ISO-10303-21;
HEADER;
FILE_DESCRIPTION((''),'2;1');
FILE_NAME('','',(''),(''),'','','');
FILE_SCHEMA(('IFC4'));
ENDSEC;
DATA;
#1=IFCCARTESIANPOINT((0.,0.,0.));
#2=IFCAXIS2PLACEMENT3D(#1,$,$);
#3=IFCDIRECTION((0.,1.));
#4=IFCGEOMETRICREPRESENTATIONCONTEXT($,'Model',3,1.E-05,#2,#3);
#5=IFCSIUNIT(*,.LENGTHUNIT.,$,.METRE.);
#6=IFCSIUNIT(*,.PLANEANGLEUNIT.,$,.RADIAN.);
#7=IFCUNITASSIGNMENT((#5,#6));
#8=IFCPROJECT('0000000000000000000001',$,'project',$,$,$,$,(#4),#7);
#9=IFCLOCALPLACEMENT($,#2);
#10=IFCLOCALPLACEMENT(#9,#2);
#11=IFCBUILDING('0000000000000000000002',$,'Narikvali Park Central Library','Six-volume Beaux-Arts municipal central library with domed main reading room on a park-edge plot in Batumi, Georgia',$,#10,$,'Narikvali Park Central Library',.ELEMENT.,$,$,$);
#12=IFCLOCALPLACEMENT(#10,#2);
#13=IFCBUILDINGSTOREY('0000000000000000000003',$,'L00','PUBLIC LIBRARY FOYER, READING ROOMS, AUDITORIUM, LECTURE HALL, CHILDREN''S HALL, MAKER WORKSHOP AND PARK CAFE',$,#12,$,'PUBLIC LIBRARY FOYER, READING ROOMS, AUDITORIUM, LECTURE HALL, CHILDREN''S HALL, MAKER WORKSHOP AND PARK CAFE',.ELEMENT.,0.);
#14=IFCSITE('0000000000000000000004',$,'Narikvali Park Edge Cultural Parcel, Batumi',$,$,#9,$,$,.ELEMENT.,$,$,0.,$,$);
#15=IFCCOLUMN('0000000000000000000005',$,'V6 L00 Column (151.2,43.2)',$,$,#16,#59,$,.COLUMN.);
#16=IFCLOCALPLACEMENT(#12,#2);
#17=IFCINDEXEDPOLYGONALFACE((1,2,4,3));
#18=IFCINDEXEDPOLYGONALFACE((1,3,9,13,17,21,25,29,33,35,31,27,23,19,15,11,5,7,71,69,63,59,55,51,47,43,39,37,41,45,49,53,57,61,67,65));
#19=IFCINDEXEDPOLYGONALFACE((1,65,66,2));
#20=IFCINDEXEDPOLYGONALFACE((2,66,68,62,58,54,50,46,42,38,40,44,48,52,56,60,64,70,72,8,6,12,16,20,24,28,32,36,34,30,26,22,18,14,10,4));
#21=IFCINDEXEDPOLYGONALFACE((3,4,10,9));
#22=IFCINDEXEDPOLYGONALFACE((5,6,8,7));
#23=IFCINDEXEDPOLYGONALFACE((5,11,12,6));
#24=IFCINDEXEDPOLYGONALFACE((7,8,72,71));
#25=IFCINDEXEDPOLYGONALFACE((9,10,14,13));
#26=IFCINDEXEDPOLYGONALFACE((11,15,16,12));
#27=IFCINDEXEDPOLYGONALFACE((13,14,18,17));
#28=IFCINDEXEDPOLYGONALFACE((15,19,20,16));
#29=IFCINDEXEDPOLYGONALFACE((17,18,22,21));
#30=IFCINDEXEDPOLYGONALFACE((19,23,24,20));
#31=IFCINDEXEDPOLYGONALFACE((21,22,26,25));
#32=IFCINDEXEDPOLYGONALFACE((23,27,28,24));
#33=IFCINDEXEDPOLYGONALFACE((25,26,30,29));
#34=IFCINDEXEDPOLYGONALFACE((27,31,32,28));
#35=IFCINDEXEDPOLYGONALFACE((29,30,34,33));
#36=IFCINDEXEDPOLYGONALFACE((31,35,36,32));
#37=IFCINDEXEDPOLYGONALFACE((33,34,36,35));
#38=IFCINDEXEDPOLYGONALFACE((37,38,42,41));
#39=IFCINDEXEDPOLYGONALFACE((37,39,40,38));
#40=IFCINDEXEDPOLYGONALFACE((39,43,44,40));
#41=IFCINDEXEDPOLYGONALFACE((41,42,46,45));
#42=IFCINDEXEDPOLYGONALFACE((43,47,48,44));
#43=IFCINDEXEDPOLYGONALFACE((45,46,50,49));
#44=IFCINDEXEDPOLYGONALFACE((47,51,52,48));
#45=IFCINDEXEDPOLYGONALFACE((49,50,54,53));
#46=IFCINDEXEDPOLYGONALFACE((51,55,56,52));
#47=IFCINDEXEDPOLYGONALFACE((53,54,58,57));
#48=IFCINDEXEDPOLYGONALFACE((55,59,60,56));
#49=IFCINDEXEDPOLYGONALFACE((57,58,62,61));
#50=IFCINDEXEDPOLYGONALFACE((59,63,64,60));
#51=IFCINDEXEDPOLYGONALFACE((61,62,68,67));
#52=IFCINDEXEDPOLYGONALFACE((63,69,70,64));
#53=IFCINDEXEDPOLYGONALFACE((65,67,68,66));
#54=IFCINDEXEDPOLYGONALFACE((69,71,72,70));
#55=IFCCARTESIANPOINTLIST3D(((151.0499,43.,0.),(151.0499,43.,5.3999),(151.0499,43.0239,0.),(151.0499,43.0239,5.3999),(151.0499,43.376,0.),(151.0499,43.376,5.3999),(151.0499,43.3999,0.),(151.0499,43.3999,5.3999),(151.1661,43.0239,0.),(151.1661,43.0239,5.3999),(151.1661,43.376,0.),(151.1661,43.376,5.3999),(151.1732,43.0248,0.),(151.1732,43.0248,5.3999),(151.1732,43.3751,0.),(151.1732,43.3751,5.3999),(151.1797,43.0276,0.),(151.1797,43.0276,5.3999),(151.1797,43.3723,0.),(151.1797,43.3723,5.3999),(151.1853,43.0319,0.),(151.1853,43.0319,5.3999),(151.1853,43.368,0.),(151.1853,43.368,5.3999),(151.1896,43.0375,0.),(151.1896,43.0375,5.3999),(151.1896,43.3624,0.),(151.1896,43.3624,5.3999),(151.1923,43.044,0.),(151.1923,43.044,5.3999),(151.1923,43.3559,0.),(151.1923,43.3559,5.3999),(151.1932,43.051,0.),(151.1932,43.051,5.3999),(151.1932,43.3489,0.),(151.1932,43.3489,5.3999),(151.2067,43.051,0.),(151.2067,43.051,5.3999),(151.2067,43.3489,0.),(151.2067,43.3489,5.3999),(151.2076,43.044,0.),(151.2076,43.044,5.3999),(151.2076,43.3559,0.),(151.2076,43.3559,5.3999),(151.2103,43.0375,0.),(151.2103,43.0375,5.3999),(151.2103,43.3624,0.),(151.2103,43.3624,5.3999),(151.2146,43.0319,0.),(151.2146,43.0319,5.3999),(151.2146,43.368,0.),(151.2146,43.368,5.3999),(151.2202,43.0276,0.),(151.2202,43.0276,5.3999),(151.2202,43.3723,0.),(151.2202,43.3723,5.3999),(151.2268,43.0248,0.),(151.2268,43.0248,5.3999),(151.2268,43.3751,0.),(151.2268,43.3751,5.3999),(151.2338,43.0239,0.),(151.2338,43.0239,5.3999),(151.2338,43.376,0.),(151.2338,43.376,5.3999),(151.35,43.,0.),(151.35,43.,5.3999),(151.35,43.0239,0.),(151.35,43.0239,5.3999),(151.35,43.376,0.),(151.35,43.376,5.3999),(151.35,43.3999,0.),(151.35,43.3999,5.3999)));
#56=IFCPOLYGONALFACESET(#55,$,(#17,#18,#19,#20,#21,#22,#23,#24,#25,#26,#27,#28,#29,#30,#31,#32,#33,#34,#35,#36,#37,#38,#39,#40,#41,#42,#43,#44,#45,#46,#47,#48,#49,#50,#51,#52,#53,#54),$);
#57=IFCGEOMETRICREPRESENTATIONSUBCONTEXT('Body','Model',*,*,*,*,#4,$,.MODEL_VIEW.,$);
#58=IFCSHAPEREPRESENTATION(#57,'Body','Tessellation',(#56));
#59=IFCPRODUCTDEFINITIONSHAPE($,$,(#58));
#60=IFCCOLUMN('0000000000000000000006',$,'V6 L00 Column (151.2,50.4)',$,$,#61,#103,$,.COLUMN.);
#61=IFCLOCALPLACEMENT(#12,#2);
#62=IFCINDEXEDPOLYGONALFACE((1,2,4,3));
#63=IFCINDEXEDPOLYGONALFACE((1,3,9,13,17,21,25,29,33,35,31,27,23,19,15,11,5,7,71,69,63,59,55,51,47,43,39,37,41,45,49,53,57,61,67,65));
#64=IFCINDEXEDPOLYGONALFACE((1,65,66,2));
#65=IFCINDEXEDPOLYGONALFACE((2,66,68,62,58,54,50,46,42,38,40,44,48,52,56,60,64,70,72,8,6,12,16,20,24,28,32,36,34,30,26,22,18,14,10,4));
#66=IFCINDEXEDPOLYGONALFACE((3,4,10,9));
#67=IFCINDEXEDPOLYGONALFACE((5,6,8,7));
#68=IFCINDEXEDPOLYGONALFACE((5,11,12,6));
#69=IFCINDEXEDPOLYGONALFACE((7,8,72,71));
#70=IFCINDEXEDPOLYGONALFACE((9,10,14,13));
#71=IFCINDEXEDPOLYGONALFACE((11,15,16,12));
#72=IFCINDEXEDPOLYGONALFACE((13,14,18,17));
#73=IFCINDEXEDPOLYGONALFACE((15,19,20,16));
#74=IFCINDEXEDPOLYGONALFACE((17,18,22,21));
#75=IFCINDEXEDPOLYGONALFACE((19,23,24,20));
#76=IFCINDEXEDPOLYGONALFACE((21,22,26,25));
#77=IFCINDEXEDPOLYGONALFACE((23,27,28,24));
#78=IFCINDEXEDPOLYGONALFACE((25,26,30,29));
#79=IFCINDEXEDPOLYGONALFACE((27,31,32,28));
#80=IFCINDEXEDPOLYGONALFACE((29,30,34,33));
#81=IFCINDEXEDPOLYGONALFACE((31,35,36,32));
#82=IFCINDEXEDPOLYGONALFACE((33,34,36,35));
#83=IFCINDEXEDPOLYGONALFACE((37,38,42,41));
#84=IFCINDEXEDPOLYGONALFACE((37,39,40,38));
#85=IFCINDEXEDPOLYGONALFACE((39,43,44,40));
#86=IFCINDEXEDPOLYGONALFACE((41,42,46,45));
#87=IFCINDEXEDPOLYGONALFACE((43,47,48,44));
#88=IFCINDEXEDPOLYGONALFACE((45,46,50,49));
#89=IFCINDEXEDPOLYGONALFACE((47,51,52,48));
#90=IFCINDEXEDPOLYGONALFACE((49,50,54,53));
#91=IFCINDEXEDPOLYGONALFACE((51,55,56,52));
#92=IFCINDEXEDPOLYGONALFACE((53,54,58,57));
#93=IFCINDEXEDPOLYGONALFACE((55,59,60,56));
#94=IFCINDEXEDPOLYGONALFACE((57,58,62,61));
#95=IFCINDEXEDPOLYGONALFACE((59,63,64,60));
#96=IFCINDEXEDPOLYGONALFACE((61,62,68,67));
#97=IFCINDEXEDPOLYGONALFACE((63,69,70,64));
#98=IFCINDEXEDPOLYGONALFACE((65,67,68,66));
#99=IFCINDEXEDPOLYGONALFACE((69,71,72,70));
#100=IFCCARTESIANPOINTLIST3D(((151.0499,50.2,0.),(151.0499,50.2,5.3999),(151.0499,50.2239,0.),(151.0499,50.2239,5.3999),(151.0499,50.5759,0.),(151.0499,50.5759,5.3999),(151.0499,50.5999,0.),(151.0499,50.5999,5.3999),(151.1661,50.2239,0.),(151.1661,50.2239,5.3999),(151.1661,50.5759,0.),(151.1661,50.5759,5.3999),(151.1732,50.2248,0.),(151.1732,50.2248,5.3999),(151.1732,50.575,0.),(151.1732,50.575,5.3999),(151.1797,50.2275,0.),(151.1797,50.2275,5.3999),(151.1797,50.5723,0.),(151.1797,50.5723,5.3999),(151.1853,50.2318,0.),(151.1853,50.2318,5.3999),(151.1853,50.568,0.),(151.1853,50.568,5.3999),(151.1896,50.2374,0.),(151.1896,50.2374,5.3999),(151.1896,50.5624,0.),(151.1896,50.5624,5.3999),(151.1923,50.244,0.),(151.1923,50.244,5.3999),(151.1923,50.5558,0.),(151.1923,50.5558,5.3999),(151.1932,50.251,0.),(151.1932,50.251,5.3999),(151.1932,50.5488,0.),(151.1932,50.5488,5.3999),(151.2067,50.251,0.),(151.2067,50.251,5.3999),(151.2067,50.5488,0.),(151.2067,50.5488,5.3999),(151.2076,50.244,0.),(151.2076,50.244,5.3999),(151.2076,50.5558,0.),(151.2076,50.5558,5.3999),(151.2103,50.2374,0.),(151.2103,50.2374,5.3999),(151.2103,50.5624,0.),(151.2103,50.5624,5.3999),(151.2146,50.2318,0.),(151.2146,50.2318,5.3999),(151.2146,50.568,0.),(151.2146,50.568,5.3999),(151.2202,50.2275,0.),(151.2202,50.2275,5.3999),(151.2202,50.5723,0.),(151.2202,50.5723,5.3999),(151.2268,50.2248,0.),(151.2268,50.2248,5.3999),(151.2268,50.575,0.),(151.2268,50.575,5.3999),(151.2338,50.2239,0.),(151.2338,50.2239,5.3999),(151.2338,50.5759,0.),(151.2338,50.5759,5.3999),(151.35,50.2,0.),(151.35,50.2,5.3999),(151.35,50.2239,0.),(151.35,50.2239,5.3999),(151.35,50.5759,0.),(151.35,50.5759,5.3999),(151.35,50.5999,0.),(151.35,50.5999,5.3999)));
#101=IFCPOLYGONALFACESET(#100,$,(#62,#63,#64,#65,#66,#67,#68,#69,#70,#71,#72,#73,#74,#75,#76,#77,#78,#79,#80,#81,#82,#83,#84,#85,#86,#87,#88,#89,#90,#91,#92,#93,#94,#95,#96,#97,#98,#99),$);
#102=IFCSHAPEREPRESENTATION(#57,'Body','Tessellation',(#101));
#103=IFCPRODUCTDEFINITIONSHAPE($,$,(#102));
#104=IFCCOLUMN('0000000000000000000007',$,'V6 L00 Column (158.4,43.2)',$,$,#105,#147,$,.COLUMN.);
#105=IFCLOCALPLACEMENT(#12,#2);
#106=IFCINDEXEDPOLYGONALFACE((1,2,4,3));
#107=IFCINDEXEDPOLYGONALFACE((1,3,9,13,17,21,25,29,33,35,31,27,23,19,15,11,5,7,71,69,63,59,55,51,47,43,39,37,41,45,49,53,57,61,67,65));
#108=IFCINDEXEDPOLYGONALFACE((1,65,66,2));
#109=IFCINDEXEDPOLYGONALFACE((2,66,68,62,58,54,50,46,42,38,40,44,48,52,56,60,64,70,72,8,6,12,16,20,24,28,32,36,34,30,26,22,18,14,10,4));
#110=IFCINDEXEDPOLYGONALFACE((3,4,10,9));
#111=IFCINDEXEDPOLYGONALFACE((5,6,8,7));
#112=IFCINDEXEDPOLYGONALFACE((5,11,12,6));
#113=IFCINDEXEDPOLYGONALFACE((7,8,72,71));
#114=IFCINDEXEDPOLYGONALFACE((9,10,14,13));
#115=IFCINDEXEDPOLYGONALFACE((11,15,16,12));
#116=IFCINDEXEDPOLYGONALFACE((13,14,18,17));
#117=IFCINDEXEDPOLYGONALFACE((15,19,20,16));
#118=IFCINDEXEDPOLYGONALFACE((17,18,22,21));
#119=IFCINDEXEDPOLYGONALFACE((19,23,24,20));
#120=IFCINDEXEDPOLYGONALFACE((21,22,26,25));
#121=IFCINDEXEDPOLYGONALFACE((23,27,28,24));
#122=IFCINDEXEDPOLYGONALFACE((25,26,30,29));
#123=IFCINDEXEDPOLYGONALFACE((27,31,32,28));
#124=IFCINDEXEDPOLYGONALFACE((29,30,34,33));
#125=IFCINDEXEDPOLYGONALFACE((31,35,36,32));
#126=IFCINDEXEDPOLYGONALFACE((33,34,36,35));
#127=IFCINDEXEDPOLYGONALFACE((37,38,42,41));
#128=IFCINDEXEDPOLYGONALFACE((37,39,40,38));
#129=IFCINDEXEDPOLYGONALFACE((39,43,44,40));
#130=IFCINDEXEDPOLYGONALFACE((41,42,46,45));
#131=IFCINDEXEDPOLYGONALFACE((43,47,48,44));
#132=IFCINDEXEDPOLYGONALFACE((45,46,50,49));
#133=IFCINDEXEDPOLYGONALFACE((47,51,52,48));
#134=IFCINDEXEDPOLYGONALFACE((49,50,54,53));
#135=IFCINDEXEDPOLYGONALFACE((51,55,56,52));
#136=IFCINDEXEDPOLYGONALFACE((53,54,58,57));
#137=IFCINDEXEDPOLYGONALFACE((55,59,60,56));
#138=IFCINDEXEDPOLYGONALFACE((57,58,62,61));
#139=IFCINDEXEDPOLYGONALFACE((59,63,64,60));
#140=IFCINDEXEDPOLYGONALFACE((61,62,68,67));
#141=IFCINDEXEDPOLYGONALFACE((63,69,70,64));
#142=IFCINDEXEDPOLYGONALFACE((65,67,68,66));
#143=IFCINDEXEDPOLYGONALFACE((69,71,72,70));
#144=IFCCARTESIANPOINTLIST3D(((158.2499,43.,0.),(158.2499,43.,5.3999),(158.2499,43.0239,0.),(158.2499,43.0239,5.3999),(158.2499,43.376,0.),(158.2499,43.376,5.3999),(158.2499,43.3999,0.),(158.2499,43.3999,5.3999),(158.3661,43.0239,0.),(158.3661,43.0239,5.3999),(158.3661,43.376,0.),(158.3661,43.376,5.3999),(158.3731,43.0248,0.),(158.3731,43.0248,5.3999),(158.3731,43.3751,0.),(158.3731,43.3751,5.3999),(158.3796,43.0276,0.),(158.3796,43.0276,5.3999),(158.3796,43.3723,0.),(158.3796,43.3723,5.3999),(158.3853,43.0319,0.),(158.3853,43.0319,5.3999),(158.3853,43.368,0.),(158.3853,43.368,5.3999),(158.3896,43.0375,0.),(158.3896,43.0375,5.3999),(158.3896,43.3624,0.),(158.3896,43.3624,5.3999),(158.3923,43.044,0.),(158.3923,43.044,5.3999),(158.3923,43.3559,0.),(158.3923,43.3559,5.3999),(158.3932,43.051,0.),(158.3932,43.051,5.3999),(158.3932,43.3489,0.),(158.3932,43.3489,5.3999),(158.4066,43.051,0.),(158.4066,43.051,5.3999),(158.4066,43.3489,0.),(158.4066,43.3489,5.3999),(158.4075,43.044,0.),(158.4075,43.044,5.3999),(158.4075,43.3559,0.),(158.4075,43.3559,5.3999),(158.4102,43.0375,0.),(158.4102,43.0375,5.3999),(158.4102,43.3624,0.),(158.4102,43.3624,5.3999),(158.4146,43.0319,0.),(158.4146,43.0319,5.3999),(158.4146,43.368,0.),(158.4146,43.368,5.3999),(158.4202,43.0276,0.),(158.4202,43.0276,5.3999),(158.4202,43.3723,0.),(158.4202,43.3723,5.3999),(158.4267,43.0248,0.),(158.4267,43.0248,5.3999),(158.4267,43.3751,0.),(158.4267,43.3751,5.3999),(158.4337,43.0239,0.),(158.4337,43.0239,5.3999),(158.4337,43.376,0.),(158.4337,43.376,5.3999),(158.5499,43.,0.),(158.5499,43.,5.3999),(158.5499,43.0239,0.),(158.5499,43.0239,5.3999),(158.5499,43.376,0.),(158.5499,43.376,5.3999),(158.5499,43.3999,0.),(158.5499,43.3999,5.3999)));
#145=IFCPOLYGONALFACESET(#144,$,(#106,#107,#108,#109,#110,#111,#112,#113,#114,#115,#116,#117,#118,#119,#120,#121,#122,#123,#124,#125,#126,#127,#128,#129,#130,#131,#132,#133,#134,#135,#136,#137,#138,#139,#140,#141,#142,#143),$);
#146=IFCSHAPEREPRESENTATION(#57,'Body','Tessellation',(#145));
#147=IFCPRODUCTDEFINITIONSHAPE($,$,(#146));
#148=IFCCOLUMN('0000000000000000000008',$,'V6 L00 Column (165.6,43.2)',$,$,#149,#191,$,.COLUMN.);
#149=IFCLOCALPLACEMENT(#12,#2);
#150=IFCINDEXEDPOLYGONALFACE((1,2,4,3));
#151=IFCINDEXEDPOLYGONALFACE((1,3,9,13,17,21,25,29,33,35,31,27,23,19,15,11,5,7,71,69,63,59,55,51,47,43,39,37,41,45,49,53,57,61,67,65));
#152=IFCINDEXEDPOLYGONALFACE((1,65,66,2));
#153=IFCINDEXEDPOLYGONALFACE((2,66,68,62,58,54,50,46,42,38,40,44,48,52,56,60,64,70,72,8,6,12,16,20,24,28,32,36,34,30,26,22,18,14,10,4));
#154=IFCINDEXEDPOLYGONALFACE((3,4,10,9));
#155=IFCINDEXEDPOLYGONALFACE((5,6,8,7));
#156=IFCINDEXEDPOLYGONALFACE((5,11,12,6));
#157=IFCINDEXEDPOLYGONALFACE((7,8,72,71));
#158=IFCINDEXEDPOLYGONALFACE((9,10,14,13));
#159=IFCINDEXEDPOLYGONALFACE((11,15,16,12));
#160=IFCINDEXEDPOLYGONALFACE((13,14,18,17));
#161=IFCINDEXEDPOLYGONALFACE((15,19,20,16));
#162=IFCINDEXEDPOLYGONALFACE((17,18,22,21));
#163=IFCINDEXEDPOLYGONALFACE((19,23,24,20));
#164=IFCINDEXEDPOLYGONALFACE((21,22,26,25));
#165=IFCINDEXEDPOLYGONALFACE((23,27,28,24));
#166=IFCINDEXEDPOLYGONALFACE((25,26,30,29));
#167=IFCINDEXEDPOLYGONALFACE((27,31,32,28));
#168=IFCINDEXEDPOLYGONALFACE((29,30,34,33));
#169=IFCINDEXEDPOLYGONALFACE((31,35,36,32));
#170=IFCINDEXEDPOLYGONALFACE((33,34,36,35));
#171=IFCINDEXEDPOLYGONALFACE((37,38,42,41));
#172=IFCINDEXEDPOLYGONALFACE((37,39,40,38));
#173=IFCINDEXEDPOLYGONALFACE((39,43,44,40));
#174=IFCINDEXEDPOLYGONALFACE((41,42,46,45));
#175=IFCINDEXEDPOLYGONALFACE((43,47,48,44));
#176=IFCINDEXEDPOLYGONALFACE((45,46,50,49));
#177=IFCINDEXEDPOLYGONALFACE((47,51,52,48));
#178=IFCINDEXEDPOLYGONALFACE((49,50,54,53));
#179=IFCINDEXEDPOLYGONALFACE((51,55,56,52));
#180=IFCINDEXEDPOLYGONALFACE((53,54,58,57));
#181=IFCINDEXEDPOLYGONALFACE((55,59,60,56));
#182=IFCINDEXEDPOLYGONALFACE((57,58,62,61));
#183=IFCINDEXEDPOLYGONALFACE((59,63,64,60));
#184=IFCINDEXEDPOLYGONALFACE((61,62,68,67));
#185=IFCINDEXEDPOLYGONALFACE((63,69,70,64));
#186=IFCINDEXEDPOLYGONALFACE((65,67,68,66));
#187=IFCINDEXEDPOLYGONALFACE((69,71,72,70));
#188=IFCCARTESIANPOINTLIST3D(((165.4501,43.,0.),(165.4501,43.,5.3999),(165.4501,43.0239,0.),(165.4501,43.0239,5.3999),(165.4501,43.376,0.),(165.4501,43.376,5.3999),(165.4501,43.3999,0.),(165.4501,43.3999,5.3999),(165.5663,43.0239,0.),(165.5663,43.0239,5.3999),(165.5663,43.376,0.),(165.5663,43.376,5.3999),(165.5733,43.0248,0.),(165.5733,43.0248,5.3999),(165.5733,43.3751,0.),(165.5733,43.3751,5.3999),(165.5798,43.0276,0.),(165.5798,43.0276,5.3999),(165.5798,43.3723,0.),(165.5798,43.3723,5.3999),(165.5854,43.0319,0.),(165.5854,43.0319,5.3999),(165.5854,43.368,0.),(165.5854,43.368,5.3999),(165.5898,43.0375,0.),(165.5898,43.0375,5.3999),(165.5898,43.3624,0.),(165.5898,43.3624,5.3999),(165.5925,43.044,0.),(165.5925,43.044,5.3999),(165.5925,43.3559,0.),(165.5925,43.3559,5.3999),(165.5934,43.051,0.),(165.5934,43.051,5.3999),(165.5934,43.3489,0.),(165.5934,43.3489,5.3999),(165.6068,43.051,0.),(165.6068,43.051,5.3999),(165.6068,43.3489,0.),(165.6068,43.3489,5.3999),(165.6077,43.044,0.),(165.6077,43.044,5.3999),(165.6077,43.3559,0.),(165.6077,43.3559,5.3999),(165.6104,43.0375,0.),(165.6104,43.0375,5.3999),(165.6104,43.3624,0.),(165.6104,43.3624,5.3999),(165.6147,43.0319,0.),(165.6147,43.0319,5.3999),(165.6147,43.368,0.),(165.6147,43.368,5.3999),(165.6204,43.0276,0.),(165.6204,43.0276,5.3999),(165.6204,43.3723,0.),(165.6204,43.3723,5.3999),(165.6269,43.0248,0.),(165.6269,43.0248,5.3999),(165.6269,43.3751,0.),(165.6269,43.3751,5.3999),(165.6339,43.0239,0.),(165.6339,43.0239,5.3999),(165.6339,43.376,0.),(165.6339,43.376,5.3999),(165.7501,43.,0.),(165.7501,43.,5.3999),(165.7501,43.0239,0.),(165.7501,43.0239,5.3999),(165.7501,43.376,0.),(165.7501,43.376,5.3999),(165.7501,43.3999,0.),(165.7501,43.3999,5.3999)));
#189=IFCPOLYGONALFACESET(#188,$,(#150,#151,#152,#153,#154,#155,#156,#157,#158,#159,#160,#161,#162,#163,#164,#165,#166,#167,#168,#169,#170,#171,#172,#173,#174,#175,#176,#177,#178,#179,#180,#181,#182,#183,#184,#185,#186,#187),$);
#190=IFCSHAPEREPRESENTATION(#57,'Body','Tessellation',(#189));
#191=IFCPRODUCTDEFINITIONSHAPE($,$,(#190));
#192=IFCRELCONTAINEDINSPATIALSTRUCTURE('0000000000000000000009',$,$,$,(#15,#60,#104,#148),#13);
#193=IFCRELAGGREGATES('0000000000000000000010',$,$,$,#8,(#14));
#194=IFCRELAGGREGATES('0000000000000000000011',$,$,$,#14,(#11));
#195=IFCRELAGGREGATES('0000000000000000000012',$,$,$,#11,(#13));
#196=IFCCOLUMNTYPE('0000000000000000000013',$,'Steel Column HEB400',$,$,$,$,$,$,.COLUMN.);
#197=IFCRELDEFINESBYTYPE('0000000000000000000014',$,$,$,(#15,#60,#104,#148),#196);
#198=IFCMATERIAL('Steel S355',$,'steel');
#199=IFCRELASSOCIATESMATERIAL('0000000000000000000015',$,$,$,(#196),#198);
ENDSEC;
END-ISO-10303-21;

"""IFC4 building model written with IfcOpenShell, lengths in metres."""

from ifc_helpers import new_model, si_unit, direction, frame, origin, origin_2d, place, context, subcontext, project, spatial, i_section, extrude, material, material_profile, profile_set, type_object, element, save


model = new_model("IFC4")

# Units and contexts
model_context = context("Model", 3, precision=1e-05, world=origin(), true_north=direction((0.0, 1.0)))
body_context = subcontext(model_context, "Body", "Model", "MODEL_VIEW")
ifc_project = project(units=[si_unit("LENGTHUNIT", "METRE"), si_unit("PLANEANGLEUNIT", "RADIAN")], contexts=[model_context])

# Site, building, storey
site_placement = place(None, origin())
site = spatial("IfcSite", under=ifc_project, at=site_placement, Name="Narikvali Park Edge Cultural Parcel, Batumi", CompositionType="ELEMENT", RefElevation=0.0)
building_placement = place(site_placement, origin())
building = spatial("IfcBuilding", under=site, at=building_placement, Name="Narikvali Park Central Library", Description="Six-volume Beaux-Arts municipal central library with domed main reading room on a park-edge plot in Batumi, Georgia", LongName="Narikvali Park Central Library", CompositionType="ELEMENT")
storey_placement = place(building_placement, origin())
storey = spatial("IfcBuildingStorey", under=building, at=storey_placement, Name="L00", Description="PUBLIC LIBRARY FOYER, READING ROOMS, AUDITORIUM, LECTURE HALL, CHILDREN'S HALL, MAKER WORKSHOP AND PARK CAFE", LongName="PUBLIC LIBRARY FOYER, READING ROOMS, AUDITORIUM, LECTURE HALL, CHILDREN'S HALL, MAKER WORKSHOP AND PARK CAFE", CompositionType="ELEMENT", Elevation=0.0)

# Columns
ifc_material_1 = material(Name="Steel S355", Category="steel")
ifc_material_profile_1 = material_profile(ifc_material_1, i_section(OverallWidth=0.3, OverallDepth=0.3999, WebThickness=0.0134, FlangeThickness=0.0239, FilletRadius=0.0271, at=origin_2d()), Name="HEB 400")
ifc_profile_set_1 = profile_set([ifc_material_profile_1], Name="Steel S355")
column_type = type_object("IfcColumnType", Name="Steel Column HEB400", PredefinedType="COLUMN", material=ifc_profile_set_1)
for number, where, z_axis, x_axis, name in (
    (1, (151.2, 43.2, 0.0), (0.0, 0.0, 1.0), (1.0, 0.0, 0.0), "V6 L00 Column (151.2,43.2)"),
    (2, (151.2, 50.3999, 0.0), (0.0, 0.0, 1.0), (1.0, 0.0, 0.0), "V6 L00 Column (151.2,50.4)"),
    (3, (158.3999, 43.2, 0.0), (0.0, 0.0, 1.0), (1.0, 0.0, 0.0), "V6 L00 Column (158.4,43.2)"),
    (4, (165.6001, 43.2, 0.0), (0.0, 0.0, 1.0), (1.0, 0.0, 0.0), "V6 L00 Column (165.6,43.2)"),
):
    element("IfcColumn", number, at=place(storey_placement, frame(where, z_axis=z_axis, x_axis=x_axis)), inside=storey, type_object=column_type, Name=name, PredefinedType="COLUMN", context=body_context, shape_type="SweptSolid", body=[
        extrude(i_section(OverallWidth=0.3, OverallDepth=0.3999, WebThickness=0.0134, FlangeThickness=0.0239, FilletRadius=0.0271, at=origin_2d()), origin(), (0.0, 0.0, 1.0), 5.3999),
    ])

save(model, "model.ifc")
